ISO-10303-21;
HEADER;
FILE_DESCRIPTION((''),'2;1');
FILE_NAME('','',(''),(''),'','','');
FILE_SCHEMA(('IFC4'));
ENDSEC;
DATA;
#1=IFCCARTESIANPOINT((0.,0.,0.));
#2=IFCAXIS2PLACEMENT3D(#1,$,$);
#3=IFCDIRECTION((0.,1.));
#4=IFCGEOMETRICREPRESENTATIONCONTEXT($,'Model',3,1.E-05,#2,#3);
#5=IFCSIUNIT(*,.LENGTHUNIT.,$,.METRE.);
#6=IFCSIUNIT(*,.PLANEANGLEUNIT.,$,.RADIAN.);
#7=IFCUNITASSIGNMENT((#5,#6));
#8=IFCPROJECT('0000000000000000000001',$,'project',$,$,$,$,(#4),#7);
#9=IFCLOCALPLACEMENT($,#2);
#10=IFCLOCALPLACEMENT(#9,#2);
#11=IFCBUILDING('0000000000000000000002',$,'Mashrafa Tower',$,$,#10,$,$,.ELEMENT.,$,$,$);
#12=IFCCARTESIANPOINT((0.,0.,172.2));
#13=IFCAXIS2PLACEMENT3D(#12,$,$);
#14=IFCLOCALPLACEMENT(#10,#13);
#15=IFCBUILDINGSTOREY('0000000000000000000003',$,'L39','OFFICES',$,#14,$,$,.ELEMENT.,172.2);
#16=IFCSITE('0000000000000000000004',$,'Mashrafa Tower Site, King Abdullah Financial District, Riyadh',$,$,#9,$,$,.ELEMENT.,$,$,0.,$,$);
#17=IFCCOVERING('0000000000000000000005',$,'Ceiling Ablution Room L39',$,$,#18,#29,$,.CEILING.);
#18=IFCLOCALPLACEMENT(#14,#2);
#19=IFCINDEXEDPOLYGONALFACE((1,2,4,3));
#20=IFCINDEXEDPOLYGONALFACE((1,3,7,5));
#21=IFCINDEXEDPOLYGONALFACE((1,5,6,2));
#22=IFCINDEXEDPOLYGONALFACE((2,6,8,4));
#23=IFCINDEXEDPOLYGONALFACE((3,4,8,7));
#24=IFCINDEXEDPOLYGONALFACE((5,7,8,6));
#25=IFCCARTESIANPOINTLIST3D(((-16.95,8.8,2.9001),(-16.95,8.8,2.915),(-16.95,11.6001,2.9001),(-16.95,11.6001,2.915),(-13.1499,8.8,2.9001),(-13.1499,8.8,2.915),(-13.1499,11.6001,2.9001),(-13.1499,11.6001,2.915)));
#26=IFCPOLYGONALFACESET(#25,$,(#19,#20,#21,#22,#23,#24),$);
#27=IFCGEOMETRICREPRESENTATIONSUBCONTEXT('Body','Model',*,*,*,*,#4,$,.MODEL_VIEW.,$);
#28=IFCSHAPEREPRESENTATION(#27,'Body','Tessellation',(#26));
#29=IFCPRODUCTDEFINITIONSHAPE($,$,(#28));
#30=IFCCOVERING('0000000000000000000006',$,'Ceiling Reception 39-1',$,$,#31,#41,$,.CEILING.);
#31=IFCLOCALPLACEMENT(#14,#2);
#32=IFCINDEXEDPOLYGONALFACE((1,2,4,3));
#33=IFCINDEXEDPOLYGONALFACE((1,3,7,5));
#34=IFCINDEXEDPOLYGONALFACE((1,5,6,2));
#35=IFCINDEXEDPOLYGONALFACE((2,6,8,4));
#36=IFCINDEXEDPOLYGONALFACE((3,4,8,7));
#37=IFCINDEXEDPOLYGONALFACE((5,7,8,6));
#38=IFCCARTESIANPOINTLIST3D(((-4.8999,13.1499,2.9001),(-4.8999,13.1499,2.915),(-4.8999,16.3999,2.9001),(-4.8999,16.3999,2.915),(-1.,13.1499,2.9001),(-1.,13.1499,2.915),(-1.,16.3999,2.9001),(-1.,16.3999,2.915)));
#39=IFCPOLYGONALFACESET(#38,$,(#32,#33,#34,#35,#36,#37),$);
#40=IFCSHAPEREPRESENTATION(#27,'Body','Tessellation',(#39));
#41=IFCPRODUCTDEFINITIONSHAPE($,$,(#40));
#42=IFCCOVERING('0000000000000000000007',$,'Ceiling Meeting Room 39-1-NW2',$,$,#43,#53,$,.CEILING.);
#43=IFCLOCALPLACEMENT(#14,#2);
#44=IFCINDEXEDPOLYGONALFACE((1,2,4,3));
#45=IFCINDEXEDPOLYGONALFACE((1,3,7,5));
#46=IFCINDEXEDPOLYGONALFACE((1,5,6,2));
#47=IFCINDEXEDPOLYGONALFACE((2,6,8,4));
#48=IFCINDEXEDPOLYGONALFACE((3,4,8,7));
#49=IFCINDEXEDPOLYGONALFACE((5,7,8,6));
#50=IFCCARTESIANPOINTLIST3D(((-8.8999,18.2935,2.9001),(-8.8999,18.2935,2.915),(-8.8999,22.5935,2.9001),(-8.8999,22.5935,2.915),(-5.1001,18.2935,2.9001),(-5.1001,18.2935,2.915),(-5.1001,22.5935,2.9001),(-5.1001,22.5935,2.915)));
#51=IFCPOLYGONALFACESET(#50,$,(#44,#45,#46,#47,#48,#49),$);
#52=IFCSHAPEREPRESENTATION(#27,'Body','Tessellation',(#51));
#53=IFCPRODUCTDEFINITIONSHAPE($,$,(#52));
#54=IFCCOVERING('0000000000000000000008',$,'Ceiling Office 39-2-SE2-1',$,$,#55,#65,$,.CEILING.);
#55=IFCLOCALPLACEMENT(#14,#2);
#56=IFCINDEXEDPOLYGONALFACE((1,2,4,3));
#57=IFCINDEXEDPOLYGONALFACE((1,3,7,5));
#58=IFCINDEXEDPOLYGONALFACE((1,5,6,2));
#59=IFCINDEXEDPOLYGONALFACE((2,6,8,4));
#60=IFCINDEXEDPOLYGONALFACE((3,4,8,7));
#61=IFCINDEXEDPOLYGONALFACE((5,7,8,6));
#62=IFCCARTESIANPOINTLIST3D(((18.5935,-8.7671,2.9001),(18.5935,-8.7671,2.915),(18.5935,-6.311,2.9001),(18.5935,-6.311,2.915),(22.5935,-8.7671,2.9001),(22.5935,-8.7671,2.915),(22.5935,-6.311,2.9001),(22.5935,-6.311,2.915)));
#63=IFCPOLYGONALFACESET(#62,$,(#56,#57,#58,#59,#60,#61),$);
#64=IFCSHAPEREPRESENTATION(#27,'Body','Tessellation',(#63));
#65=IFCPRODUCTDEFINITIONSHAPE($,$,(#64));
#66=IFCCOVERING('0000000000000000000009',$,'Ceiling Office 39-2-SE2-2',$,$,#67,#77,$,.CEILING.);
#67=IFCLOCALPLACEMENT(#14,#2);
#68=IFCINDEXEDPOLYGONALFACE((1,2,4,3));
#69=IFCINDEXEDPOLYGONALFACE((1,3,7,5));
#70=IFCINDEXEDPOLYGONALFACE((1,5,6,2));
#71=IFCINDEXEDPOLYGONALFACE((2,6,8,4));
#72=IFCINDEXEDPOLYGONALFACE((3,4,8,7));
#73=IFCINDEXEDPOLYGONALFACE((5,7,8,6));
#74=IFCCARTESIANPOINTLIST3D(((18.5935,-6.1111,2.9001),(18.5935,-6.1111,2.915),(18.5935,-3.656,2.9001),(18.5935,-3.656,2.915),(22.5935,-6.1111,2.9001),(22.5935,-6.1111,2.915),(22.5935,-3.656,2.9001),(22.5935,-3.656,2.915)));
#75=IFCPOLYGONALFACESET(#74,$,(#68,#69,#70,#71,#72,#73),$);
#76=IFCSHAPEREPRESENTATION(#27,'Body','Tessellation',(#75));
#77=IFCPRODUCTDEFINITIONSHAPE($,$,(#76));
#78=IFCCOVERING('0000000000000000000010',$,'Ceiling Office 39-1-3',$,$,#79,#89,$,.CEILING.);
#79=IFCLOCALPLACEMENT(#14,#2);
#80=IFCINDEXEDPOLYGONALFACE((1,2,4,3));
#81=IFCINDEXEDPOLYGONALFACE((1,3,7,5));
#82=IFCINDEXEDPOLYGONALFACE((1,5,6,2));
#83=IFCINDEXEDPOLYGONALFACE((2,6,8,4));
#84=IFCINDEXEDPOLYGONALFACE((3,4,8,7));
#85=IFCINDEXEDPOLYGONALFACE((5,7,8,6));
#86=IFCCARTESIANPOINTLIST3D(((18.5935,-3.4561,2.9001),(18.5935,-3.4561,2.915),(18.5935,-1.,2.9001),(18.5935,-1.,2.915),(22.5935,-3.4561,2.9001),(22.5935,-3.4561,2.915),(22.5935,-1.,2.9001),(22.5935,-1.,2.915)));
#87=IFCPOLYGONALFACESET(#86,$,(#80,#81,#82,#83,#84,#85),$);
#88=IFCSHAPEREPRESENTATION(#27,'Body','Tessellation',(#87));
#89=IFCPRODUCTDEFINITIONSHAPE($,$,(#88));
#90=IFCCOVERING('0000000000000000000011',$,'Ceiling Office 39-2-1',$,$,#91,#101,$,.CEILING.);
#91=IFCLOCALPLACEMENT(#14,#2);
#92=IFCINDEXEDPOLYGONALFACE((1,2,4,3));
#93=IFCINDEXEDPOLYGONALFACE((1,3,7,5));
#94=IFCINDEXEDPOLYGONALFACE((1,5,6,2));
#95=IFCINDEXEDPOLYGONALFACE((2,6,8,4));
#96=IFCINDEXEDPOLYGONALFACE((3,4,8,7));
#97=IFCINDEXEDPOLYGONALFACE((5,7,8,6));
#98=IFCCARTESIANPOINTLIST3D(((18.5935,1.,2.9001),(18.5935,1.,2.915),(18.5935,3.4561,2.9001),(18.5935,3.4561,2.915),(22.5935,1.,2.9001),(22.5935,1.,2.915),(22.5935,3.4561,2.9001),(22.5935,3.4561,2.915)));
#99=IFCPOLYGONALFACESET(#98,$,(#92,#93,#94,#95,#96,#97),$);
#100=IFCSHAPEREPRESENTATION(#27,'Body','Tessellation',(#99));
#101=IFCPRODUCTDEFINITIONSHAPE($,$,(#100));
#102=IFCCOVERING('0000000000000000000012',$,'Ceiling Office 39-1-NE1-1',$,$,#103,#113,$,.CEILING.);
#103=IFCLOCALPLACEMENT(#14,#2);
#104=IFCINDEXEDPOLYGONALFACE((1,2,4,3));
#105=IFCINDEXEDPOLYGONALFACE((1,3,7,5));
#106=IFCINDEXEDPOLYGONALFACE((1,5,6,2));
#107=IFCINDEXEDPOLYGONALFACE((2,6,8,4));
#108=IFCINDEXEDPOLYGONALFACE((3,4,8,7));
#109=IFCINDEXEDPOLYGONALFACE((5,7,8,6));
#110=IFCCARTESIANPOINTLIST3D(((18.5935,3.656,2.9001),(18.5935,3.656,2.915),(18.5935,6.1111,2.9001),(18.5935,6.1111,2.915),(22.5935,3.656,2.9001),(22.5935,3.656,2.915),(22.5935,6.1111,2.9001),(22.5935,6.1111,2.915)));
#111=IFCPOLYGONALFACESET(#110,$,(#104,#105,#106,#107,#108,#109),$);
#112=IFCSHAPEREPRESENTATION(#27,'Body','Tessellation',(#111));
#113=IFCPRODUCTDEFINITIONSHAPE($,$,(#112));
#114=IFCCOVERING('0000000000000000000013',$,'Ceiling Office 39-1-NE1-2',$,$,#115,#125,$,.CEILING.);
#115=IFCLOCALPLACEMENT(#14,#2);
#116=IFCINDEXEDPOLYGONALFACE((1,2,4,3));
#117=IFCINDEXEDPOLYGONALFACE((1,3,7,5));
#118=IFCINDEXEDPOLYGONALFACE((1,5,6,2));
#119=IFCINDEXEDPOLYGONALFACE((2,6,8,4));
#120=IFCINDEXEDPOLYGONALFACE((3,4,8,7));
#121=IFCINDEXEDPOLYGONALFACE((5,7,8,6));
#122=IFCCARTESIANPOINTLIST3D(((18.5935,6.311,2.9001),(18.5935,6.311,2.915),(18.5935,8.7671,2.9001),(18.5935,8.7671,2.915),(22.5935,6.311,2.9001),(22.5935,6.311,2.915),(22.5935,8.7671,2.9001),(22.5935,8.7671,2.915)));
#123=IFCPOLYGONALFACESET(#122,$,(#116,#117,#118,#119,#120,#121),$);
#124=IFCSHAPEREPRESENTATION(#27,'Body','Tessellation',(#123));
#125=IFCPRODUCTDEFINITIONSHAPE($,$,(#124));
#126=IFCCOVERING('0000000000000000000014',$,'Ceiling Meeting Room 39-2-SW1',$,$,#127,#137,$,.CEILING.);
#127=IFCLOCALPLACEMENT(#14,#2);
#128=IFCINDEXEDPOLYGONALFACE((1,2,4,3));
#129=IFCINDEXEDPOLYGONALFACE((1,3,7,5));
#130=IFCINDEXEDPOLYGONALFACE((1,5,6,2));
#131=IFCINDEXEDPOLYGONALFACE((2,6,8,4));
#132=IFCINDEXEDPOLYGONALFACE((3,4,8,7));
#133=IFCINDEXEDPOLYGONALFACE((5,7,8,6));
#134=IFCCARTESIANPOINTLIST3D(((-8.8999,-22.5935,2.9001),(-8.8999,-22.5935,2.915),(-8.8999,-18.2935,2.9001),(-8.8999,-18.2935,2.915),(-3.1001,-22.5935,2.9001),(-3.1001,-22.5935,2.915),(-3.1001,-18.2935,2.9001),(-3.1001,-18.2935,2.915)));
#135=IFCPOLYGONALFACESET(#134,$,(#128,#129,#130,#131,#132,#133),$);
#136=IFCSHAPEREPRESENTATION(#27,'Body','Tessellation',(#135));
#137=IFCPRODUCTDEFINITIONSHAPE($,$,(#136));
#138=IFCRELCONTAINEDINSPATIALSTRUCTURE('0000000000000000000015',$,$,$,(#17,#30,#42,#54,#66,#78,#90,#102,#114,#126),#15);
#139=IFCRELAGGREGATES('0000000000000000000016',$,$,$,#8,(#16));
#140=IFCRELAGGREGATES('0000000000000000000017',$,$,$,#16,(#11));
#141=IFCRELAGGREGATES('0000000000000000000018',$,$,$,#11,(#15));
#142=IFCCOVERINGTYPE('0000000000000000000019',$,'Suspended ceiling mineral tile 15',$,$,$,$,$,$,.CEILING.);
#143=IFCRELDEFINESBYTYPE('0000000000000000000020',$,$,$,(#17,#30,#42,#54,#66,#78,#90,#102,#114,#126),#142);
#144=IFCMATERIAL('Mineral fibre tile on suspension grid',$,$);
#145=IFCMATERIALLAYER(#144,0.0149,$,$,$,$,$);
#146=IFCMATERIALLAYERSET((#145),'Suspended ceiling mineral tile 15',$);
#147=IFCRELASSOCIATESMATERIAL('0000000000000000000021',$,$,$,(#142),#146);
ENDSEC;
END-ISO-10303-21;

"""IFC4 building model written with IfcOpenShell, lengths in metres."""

from ifc_helpers import new_model, si_unit, direction, frame, origin, place, context, subcontext, project, spatial, polyline, outline, extrude, material, layer, layer_set, type_object, element, save


model = new_model("IFC4")

# Units and contexts
model_context = context("Model", 3, precision=1e-05, world=origin(), true_north=direction((0.0, 1.0)))
body_context = subcontext(model_context, "Body", "Model", "MODEL_VIEW")
ifc_project = project(units=[si_unit("LENGTHUNIT", "METRE"), si_unit("PLANEANGLEUNIT", "RADIAN")], contexts=[model_context])

# Site, building, storey
site_placement = place(None, origin())
site = spatial("IfcSite", under=ifc_project, at=site_placement, Name="Mashrafa Tower Site, King Abdullah Financial District, Riyadh", CompositionType="ELEMENT", RefElevation=0.0)
building_placement = place(site_placement, origin())
building = spatial("IfcBuilding", under=site, at=building_placement, Name="Mashrafa Tower", CompositionType="ELEMENT")
storey_placement = place(building_placement, frame((0.0, 0.0, 172.2)))
storey = spatial("IfcBuildingStorey", under=building, at=storey_placement, Name="L39", Description="OFFICES", CompositionType="ELEMENT", Elevation=172.2)

# Coverings
ifc_material_1 = material(Name="Mineral fibre tile on suspension grid")
ifc_layer_1 = layer(ifc_material_1, 0.0149)
ifc_layer_set_1 = layer_set([ifc_layer_1], Name="Suspended ceiling mineral tile 15")
covering_type_1 = type_object("IfcCoveringType", Name="Suspended ceiling mineral tile 15", PredefinedType="CEILING", material=ifc_layer_set_1)
covering_1_placement = place(storey_placement, frame((0.0, 0.0, 2.9001)))
element("IfcCovering", 1, at=covering_1_placement, inside=storey, type_object=covering_type_1, Name="Ceiling Ablution Room L39", PredefinedType="CEILING", context=body_context, shape_type="SweptSolid", body=[
    extrude(outline(polyline([(-16.95, 8.8), (-16.95, 11.6001), (-13.1499, 11.6001), (-13.1499, 8.8), (-16.95, 8.8)])), origin(), (0.0, 0.0, 1.0), 0.0149),
])
covering_2_placement = place(storey_placement, frame((0.0, 0.0, 2.9001)))
element("IfcCovering", 2, at=covering_2_placement, inside=storey, type_object=covering_type_1, Name="Ceiling Reception 39-1", PredefinedType="CEILING", context=body_context, shape_type="SweptSolid", body=[
    extrude(outline(polyline([(-4.8999, 16.3999), (-1.0, 16.3999), (-1.0, 13.1499), (-4.8999, 13.1499), (-4.8999, 16.3999)])), origin(), (0.0, 0.0, 1.0), 0.0149),
])
covering_3_placement = place(storey_placement, frame((0.0, 0.0, 2.9001)))
element("IfcCovering", 3, at=covering_3_placement, inside=storey, type_object=covering_type_1, Name="Ceiling Meeting Room 39-1-NW2", PredefinedType="CEILING", context=body_context, shape_type="SweptSolid", body=[
    extrude(outline(polyline([(-8.8999, 22.5935), (-5.1001, 22.5935), (-5.1001, 18.2935), (-8.8999, 18.2935), (-8.8999, 22.5935)])), origin(), (0.0, 0.0, 1.0), 0.0149),
])
covering_4_placement = place(storey_placement, frame((0.0, 0.0, 2.9001)))
element("IfcCovering", 4, at=covering_4_placement, inside=storey, type_object=covering_type_1, Name="Ceiling Office 39-2-SE2-1", PredefinedType="CEILING", context=body_context, shape_type="SweptSolid", body=[
    extrude(outline(polyline([(18.5935, -6.311), (22.5935, -6.311), (22.5935, -8.7671), (18.5935, -8.7671), (18.5935, -6.311)])), origin(), (0.0, 0.0, 1.0), 0.0149),
])
covering_5_placement = place(storey_placement, frame((0.0, 0.0, 2.9001)))
element("IfcCovering", 5, at=covering_5_placement, inside=storey, type_object=covering_type_1, Name="Ceiling Office 39-2-SE2-2", PredefinedType="CEILING", context=body_context, shape_type="SweptSolid", body=[
    extrude(outline(polyline([(18.5935, -3.656), (22.5935, -3.656), (22.5935, -6.1111), (18.5935, -6.1111), (18.5935, -3.656)])), origin(), (0.0, 0.0, 1.0), 0.0149),
])
covering_6_placement = place(storey_placement, frame((0.0, 0.0, 2.9001)))
element("IfcCovering", 6, at=covering_6_placement, inside=storey, type_object=covering_type_1, Name="Ceiling Office 39-1-3", PredefinedType="CEILING", context=body_context, shape_type="SweptSolid", body=[
    extrude(outline(polyline([(18.5935, -1.0), (22.5935, -1.0), (22.5935, -3.4561), (18.5935, -3.4561), (18.5935, -1.0)])), origin(), (0.0, 0.0, 1.0), 0.0149),
])
covering_7_placement = place(storey_placement, frame((0.0, 0.0, 2.9001)))
element("IfcCovering", 7, at=covering_7_placement, inside=storey, type_object=covering_type_1, Name="Ceiling Office 39-2-1", PredefinedType="CEILING", context=body_context, shape_type="SweptSolid", body=[
    extrude(outline(polyline([(18.5935, 3.4561), (22.5935, 3.4561), (22.5935, 1.0), (18.5935, 1.0), (18.5935, 3.4561)])), origin(), (0.0, 0.0, 1.0), 0.0149),
])
covering_8_placement = place(storey_placement, frame((0.0, 0.0, 2.9001)))
element("IfcCovering", 8, at=covering_8_placement, inside=storey, type_object=covering_type_1, Name="Ceiling Office 39-1-NE1-1", PredefinedType="CEILING", context=body_context, shape_type="SweptSolid", body=[
    extrude(outline(polyline([(18.5935, 6.1111), (22.5935, 6.1111), (22.5935, 3.656), (18.5935, 3.656), (18.5935, 6.1111)])), origin(), (0.0, 0.0, 1.0), 0.0149),
])
covering_9_placement = place(storey_placement, frame((0.0, 0.0, 2.9001)))
element("IfcCovering", 9, at=covering_9_placement, inside=storey, type_object=covering_type_1, Name="Ceiling Office 39-1-NE1-2", PredefinedType="CEILING", context=body_context, shape_type="SweptSolid", body=[
    extrude(outline(polyline([(18.5935, 8.7671), (22.5935, 8.7671), (22.5935, 6.311), (18.5935, 6.311), (18.5935, 8.7671)])), origin(), (0.0, 0.0, 1.0), 0.0149),
])
covering_10_placement = place(storey_placement, frame((0.0, 0.0, 2.9001)))
element("IfcCovering", 10, at=covering_10_placement, inside=storey, type_object=covering_type_1, Name="Ceiling Meeting Room 39-2-SW1", PredefinedType="CEILING", context=body_context, shape_type="SweptSolid", body=[
    extrude(outline(polyline([(-8.8999, -18.2935), (-3.1001, -18.2935), (-3.1001, -22.5935), (-8.8999, -22.5935), (-8.8999, -18.2935)])), origin(), (0.0, 0.0, 1.0), 0.0149),
])

save(model, "model.ifc")
